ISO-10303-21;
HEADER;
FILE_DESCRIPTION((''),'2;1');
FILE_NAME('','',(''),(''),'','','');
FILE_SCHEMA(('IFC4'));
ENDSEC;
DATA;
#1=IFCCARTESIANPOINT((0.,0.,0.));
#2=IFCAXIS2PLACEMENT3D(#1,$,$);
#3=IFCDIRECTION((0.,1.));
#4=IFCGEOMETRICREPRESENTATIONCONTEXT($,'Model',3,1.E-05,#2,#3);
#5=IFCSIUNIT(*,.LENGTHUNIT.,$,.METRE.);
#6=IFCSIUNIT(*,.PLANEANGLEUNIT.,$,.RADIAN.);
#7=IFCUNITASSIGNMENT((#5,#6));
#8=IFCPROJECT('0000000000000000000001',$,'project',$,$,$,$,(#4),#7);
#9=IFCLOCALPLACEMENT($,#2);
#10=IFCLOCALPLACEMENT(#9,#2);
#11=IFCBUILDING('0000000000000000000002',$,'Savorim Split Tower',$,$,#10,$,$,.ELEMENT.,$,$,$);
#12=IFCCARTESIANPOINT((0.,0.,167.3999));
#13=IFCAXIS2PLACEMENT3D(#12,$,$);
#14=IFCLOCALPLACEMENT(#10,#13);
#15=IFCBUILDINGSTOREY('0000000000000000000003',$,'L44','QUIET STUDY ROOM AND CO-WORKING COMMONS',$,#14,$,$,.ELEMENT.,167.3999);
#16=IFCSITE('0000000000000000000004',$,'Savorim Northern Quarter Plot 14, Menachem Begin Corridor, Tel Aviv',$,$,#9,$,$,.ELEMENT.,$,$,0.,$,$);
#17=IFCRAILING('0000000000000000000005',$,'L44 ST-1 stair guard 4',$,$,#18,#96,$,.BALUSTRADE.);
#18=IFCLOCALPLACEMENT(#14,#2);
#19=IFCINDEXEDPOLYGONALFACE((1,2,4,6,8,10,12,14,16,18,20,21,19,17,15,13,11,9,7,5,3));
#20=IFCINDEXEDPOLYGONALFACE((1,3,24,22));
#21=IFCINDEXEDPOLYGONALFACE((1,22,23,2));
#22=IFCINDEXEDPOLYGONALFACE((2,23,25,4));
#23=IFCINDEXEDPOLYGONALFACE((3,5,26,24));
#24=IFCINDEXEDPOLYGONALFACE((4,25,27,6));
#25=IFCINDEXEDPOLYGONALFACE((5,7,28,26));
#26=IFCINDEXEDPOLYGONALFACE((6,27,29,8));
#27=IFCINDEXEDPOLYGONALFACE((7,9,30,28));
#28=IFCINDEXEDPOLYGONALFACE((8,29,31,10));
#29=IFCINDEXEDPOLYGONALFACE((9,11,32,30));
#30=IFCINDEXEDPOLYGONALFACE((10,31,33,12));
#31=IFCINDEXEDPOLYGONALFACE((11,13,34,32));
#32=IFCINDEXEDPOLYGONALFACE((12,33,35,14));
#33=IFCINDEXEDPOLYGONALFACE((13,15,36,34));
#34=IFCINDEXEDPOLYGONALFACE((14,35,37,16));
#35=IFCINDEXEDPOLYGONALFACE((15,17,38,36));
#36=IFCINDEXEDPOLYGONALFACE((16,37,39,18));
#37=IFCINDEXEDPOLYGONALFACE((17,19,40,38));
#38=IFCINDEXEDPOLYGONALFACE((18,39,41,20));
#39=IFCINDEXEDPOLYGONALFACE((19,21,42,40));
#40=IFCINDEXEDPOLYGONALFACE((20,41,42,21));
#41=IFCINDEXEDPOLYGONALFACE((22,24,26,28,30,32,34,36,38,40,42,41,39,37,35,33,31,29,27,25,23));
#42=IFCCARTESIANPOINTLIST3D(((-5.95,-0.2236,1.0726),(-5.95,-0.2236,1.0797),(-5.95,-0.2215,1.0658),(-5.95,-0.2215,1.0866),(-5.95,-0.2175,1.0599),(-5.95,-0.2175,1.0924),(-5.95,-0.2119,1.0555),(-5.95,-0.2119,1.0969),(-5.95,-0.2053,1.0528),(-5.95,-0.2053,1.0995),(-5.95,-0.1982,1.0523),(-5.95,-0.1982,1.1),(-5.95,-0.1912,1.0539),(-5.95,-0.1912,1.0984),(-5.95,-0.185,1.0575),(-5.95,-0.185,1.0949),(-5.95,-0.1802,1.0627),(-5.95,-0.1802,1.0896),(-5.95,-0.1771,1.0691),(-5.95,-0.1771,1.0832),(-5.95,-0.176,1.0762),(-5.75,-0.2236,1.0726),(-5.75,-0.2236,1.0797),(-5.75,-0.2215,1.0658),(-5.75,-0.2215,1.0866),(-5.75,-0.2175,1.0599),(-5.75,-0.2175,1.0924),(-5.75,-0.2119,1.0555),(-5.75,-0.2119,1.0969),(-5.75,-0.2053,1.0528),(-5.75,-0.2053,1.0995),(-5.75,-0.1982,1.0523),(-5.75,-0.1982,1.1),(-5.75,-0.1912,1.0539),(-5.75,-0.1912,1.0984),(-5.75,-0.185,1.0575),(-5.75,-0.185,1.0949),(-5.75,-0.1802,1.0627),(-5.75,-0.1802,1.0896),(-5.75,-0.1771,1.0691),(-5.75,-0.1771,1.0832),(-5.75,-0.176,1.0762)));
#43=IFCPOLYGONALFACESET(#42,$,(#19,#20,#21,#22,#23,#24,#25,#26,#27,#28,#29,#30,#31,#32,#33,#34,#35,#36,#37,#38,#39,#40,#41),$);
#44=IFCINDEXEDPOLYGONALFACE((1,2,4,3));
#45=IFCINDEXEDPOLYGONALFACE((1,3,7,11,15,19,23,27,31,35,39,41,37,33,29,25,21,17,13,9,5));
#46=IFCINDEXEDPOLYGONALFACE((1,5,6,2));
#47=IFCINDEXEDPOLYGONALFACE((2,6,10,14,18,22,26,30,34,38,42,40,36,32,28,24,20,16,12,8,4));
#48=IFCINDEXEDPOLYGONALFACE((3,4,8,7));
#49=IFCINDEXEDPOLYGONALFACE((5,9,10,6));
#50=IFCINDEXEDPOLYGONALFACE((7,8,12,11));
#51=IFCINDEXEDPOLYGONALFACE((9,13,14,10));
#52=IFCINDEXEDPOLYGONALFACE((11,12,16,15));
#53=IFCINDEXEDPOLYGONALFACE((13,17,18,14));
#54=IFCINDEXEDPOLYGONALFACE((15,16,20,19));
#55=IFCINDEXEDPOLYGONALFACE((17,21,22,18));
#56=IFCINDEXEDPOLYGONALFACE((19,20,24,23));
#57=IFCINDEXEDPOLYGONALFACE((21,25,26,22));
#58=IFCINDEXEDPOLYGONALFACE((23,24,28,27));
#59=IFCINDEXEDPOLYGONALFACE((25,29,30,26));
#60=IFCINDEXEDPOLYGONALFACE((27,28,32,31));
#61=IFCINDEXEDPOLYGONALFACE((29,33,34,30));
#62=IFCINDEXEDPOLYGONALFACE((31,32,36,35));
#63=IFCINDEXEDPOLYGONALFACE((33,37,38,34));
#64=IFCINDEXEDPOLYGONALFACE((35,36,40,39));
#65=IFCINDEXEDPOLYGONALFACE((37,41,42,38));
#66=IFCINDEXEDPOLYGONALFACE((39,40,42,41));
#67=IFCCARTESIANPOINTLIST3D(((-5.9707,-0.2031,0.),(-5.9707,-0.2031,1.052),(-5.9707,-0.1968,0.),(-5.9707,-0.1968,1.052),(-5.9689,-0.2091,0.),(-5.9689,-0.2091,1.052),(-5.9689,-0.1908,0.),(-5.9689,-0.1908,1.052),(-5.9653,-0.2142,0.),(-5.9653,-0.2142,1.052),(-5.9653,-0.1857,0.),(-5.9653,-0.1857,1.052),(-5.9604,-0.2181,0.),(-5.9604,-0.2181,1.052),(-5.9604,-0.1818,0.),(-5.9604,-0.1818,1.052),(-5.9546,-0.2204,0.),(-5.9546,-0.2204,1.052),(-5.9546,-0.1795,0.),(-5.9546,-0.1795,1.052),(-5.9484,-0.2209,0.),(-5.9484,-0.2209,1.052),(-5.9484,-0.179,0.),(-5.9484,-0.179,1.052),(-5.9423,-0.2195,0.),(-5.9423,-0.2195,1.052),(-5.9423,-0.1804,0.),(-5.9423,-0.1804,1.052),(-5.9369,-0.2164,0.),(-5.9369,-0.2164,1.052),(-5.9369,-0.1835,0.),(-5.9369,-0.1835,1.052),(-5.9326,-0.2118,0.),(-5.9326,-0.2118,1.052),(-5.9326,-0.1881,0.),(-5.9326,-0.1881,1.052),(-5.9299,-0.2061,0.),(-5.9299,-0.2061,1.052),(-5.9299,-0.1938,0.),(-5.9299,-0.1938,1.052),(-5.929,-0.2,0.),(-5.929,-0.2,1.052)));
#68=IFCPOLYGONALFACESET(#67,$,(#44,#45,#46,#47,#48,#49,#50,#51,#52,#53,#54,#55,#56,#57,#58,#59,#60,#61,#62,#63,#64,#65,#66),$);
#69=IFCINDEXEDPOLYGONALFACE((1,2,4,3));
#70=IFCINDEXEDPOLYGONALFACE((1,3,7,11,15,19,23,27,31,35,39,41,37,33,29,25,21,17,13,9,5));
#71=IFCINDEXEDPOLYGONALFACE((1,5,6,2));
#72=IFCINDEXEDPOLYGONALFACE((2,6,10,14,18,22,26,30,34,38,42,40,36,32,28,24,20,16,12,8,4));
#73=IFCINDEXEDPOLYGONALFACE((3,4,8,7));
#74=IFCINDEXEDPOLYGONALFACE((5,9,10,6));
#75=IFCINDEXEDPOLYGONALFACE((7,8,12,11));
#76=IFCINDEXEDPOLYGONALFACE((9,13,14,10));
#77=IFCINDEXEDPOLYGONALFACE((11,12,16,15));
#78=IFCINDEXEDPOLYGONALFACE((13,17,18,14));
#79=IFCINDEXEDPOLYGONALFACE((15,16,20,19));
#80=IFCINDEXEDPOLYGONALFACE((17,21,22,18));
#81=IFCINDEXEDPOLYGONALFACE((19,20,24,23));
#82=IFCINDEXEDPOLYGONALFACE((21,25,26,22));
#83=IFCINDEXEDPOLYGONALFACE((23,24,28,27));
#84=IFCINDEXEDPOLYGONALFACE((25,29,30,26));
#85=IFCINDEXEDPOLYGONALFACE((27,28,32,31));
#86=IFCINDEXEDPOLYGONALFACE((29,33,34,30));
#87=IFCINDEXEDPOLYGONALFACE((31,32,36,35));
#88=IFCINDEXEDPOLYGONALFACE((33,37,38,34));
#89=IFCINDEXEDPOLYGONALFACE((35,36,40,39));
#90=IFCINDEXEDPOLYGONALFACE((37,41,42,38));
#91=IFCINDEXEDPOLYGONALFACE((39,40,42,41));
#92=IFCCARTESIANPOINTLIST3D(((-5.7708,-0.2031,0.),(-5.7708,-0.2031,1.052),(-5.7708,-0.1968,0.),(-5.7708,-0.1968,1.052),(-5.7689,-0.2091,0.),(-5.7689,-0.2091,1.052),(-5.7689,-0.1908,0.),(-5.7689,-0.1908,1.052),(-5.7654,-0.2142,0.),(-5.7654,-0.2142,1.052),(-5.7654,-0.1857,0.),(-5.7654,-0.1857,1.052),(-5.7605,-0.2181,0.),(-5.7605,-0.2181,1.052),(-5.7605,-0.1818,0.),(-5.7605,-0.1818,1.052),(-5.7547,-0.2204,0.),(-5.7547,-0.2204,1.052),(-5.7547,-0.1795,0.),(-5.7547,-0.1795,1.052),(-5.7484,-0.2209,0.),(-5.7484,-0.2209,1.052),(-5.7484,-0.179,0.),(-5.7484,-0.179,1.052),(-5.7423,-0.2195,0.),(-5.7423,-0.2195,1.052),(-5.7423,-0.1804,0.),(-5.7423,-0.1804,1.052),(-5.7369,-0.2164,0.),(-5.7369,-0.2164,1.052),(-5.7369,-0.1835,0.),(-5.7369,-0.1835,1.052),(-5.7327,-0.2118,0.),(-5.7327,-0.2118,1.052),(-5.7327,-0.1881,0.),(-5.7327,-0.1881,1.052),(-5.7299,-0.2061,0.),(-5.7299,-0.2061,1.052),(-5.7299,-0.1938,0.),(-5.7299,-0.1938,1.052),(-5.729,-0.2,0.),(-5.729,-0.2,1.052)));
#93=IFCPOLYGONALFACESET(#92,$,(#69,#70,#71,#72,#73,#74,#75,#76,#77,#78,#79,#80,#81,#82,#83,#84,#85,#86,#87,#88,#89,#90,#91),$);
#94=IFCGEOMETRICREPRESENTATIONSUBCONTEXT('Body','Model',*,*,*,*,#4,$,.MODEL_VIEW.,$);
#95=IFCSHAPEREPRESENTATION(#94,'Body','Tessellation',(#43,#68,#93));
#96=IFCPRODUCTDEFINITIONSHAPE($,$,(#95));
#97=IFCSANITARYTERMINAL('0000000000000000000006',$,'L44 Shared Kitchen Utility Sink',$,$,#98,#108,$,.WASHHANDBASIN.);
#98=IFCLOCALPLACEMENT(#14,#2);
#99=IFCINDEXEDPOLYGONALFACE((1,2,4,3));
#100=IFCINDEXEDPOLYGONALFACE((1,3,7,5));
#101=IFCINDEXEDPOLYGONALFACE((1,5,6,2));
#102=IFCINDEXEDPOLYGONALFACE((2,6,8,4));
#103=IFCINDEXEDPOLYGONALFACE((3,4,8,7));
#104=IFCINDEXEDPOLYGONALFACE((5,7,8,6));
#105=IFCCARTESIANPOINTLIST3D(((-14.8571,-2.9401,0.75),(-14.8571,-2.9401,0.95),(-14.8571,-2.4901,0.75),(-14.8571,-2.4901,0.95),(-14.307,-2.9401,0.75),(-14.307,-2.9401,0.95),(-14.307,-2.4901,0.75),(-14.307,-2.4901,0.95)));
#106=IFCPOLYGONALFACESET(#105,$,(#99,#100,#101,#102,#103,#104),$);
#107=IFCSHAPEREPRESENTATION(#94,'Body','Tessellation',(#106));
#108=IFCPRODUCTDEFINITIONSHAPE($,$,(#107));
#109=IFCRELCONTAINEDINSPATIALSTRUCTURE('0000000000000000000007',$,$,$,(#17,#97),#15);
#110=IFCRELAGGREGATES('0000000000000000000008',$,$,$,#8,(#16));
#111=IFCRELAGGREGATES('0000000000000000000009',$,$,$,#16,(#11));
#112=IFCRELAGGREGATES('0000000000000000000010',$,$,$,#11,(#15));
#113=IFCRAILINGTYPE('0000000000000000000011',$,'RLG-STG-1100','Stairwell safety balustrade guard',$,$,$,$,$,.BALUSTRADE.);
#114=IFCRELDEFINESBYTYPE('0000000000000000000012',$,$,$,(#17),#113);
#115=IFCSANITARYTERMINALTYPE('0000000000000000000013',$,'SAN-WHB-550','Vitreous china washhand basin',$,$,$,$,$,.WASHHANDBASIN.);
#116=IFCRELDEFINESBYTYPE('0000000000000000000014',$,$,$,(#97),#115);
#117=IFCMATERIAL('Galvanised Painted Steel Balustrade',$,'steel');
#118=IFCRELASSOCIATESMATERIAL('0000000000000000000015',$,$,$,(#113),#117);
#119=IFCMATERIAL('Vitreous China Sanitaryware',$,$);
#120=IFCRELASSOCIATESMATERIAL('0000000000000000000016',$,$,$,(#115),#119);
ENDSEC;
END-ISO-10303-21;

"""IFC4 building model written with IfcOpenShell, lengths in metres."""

from ifc_helpers import new_model, si_unit, direction, frame, origin, origin_2d, place, context, subcontext, project, spatial, rectangle, circle, extrude, material, type_object, element, save


model = new_model("IFC4")

# Units and contexts
model_context = context("Model", 3, precision=1e-05, world=origin(), true_north=direction((0.0, 1.0)))
body_context = subcontext(model_context, "Body", "Model", "MODEL_VIEW")
ifc_project = project(units=[si_unit("LENGTHUNIT", "METRE"), si_unit("PLANEANGLEUNIT", "RADIAN")], contexts=[model_context])

# Site, building, storey
site_placement = place(None, origin())
site = spatial("IfcSite", under=ifc_project, at=site_placement, Name="Savorim Northern Quarter Plot 14, Menachem Begin Corridor, Tel Aviv", CompositionType="ELEMENT", RefElevation=0.0)
building_placement = place(site_placement, origin())
building = spatial("IfcBuilding", under=site, at=building_placement, Name="Savorim Split Tower", CompositionType="ELEMENT")
storey_placement = place(building_placement, frame((0.0, 0.0, 167.3999)))
storey = spatial("IfcBuildingStorey", under=building, at=storey_placement, Name="L44", Description="QUIET STUDY ROOM AND CO-WORKING COMMONS", CompositionType="ELEMENT", Elevation=167.3999)

# Railing
ifc_material_1 = material(Name="Galvanised Painted Steel Balustrade", Category="steel")
railing_type_1 = type_object("IfcRailingType", Name="RLG-STG-1100", Description="Stairwell safety balustrade guard", PredefinedType="BALUSTRADE", material=ifc_material_1)
railing_1_placement = place(storey_placement, frame((-5.95, -0.2, 0.0)))
element("IfcRailing", 1, at=railing_1_placement, inside=storey, type_object=railing_type_1, Name="L44 ST-1 stair guard 4", PredefinedType="BALUSTRADE", context=body_context, shape_type="SweptSolid", body=[
    extrude(circle(Radius=0.0239, at=origin_2d()), frame((0.0, 0.0, 1.0762), z_axis=(1.0, 0.0, 0.0), x_axis=(0.0, 1.0, 0.0)), (0.0, 0.0, 1.0), 0.2),
    extrude(circle(Radius=0.021, at=origin_2d()), origin(), (0.0, 0.0, 1.0), 1.052),
    extrude(circle(Radius=0.021, at=origin_2d()), frame((0.2, 0.0, 0.0)), (0.0, 0.0, 1.0), 1.052),
])

# Sanitary terminal
ifc_material_2 = material(Name="Vitreous China Sanitaryware")
sanitary_terminal_type = type_object("IfcSanitaryTerminalType", Name="SAN-WHB-550", Description="Vitreous china washhand basin", PredefinedType="WASHHANDBASIN", material=ifc_material_2)
sanitary_terminal_placement = place(storey_placement, frame((-14.582, -2.7151, 0.75), z_axis=(0.0, 0.0, 1.0), x_axis=(1.0, 0.0, 0.0)))
element("IfcSanitaryTerminal", 2, at=sanitary_terminal_placement, inside=storey, type_object=sanitary_terminal_type, Name="L44 Shared Kitchen Utility Sink", PredefinedType="WASHHANDBASIN", context=body_context, shape_type="SweptSolid", body=[
    extrude(rectangle(XDim=0.55, YDim=0.45, at=origin_2d()), origin(), (0.0, 0.0, 1.0), 0.2),
])

save(model, "model.ifc")
